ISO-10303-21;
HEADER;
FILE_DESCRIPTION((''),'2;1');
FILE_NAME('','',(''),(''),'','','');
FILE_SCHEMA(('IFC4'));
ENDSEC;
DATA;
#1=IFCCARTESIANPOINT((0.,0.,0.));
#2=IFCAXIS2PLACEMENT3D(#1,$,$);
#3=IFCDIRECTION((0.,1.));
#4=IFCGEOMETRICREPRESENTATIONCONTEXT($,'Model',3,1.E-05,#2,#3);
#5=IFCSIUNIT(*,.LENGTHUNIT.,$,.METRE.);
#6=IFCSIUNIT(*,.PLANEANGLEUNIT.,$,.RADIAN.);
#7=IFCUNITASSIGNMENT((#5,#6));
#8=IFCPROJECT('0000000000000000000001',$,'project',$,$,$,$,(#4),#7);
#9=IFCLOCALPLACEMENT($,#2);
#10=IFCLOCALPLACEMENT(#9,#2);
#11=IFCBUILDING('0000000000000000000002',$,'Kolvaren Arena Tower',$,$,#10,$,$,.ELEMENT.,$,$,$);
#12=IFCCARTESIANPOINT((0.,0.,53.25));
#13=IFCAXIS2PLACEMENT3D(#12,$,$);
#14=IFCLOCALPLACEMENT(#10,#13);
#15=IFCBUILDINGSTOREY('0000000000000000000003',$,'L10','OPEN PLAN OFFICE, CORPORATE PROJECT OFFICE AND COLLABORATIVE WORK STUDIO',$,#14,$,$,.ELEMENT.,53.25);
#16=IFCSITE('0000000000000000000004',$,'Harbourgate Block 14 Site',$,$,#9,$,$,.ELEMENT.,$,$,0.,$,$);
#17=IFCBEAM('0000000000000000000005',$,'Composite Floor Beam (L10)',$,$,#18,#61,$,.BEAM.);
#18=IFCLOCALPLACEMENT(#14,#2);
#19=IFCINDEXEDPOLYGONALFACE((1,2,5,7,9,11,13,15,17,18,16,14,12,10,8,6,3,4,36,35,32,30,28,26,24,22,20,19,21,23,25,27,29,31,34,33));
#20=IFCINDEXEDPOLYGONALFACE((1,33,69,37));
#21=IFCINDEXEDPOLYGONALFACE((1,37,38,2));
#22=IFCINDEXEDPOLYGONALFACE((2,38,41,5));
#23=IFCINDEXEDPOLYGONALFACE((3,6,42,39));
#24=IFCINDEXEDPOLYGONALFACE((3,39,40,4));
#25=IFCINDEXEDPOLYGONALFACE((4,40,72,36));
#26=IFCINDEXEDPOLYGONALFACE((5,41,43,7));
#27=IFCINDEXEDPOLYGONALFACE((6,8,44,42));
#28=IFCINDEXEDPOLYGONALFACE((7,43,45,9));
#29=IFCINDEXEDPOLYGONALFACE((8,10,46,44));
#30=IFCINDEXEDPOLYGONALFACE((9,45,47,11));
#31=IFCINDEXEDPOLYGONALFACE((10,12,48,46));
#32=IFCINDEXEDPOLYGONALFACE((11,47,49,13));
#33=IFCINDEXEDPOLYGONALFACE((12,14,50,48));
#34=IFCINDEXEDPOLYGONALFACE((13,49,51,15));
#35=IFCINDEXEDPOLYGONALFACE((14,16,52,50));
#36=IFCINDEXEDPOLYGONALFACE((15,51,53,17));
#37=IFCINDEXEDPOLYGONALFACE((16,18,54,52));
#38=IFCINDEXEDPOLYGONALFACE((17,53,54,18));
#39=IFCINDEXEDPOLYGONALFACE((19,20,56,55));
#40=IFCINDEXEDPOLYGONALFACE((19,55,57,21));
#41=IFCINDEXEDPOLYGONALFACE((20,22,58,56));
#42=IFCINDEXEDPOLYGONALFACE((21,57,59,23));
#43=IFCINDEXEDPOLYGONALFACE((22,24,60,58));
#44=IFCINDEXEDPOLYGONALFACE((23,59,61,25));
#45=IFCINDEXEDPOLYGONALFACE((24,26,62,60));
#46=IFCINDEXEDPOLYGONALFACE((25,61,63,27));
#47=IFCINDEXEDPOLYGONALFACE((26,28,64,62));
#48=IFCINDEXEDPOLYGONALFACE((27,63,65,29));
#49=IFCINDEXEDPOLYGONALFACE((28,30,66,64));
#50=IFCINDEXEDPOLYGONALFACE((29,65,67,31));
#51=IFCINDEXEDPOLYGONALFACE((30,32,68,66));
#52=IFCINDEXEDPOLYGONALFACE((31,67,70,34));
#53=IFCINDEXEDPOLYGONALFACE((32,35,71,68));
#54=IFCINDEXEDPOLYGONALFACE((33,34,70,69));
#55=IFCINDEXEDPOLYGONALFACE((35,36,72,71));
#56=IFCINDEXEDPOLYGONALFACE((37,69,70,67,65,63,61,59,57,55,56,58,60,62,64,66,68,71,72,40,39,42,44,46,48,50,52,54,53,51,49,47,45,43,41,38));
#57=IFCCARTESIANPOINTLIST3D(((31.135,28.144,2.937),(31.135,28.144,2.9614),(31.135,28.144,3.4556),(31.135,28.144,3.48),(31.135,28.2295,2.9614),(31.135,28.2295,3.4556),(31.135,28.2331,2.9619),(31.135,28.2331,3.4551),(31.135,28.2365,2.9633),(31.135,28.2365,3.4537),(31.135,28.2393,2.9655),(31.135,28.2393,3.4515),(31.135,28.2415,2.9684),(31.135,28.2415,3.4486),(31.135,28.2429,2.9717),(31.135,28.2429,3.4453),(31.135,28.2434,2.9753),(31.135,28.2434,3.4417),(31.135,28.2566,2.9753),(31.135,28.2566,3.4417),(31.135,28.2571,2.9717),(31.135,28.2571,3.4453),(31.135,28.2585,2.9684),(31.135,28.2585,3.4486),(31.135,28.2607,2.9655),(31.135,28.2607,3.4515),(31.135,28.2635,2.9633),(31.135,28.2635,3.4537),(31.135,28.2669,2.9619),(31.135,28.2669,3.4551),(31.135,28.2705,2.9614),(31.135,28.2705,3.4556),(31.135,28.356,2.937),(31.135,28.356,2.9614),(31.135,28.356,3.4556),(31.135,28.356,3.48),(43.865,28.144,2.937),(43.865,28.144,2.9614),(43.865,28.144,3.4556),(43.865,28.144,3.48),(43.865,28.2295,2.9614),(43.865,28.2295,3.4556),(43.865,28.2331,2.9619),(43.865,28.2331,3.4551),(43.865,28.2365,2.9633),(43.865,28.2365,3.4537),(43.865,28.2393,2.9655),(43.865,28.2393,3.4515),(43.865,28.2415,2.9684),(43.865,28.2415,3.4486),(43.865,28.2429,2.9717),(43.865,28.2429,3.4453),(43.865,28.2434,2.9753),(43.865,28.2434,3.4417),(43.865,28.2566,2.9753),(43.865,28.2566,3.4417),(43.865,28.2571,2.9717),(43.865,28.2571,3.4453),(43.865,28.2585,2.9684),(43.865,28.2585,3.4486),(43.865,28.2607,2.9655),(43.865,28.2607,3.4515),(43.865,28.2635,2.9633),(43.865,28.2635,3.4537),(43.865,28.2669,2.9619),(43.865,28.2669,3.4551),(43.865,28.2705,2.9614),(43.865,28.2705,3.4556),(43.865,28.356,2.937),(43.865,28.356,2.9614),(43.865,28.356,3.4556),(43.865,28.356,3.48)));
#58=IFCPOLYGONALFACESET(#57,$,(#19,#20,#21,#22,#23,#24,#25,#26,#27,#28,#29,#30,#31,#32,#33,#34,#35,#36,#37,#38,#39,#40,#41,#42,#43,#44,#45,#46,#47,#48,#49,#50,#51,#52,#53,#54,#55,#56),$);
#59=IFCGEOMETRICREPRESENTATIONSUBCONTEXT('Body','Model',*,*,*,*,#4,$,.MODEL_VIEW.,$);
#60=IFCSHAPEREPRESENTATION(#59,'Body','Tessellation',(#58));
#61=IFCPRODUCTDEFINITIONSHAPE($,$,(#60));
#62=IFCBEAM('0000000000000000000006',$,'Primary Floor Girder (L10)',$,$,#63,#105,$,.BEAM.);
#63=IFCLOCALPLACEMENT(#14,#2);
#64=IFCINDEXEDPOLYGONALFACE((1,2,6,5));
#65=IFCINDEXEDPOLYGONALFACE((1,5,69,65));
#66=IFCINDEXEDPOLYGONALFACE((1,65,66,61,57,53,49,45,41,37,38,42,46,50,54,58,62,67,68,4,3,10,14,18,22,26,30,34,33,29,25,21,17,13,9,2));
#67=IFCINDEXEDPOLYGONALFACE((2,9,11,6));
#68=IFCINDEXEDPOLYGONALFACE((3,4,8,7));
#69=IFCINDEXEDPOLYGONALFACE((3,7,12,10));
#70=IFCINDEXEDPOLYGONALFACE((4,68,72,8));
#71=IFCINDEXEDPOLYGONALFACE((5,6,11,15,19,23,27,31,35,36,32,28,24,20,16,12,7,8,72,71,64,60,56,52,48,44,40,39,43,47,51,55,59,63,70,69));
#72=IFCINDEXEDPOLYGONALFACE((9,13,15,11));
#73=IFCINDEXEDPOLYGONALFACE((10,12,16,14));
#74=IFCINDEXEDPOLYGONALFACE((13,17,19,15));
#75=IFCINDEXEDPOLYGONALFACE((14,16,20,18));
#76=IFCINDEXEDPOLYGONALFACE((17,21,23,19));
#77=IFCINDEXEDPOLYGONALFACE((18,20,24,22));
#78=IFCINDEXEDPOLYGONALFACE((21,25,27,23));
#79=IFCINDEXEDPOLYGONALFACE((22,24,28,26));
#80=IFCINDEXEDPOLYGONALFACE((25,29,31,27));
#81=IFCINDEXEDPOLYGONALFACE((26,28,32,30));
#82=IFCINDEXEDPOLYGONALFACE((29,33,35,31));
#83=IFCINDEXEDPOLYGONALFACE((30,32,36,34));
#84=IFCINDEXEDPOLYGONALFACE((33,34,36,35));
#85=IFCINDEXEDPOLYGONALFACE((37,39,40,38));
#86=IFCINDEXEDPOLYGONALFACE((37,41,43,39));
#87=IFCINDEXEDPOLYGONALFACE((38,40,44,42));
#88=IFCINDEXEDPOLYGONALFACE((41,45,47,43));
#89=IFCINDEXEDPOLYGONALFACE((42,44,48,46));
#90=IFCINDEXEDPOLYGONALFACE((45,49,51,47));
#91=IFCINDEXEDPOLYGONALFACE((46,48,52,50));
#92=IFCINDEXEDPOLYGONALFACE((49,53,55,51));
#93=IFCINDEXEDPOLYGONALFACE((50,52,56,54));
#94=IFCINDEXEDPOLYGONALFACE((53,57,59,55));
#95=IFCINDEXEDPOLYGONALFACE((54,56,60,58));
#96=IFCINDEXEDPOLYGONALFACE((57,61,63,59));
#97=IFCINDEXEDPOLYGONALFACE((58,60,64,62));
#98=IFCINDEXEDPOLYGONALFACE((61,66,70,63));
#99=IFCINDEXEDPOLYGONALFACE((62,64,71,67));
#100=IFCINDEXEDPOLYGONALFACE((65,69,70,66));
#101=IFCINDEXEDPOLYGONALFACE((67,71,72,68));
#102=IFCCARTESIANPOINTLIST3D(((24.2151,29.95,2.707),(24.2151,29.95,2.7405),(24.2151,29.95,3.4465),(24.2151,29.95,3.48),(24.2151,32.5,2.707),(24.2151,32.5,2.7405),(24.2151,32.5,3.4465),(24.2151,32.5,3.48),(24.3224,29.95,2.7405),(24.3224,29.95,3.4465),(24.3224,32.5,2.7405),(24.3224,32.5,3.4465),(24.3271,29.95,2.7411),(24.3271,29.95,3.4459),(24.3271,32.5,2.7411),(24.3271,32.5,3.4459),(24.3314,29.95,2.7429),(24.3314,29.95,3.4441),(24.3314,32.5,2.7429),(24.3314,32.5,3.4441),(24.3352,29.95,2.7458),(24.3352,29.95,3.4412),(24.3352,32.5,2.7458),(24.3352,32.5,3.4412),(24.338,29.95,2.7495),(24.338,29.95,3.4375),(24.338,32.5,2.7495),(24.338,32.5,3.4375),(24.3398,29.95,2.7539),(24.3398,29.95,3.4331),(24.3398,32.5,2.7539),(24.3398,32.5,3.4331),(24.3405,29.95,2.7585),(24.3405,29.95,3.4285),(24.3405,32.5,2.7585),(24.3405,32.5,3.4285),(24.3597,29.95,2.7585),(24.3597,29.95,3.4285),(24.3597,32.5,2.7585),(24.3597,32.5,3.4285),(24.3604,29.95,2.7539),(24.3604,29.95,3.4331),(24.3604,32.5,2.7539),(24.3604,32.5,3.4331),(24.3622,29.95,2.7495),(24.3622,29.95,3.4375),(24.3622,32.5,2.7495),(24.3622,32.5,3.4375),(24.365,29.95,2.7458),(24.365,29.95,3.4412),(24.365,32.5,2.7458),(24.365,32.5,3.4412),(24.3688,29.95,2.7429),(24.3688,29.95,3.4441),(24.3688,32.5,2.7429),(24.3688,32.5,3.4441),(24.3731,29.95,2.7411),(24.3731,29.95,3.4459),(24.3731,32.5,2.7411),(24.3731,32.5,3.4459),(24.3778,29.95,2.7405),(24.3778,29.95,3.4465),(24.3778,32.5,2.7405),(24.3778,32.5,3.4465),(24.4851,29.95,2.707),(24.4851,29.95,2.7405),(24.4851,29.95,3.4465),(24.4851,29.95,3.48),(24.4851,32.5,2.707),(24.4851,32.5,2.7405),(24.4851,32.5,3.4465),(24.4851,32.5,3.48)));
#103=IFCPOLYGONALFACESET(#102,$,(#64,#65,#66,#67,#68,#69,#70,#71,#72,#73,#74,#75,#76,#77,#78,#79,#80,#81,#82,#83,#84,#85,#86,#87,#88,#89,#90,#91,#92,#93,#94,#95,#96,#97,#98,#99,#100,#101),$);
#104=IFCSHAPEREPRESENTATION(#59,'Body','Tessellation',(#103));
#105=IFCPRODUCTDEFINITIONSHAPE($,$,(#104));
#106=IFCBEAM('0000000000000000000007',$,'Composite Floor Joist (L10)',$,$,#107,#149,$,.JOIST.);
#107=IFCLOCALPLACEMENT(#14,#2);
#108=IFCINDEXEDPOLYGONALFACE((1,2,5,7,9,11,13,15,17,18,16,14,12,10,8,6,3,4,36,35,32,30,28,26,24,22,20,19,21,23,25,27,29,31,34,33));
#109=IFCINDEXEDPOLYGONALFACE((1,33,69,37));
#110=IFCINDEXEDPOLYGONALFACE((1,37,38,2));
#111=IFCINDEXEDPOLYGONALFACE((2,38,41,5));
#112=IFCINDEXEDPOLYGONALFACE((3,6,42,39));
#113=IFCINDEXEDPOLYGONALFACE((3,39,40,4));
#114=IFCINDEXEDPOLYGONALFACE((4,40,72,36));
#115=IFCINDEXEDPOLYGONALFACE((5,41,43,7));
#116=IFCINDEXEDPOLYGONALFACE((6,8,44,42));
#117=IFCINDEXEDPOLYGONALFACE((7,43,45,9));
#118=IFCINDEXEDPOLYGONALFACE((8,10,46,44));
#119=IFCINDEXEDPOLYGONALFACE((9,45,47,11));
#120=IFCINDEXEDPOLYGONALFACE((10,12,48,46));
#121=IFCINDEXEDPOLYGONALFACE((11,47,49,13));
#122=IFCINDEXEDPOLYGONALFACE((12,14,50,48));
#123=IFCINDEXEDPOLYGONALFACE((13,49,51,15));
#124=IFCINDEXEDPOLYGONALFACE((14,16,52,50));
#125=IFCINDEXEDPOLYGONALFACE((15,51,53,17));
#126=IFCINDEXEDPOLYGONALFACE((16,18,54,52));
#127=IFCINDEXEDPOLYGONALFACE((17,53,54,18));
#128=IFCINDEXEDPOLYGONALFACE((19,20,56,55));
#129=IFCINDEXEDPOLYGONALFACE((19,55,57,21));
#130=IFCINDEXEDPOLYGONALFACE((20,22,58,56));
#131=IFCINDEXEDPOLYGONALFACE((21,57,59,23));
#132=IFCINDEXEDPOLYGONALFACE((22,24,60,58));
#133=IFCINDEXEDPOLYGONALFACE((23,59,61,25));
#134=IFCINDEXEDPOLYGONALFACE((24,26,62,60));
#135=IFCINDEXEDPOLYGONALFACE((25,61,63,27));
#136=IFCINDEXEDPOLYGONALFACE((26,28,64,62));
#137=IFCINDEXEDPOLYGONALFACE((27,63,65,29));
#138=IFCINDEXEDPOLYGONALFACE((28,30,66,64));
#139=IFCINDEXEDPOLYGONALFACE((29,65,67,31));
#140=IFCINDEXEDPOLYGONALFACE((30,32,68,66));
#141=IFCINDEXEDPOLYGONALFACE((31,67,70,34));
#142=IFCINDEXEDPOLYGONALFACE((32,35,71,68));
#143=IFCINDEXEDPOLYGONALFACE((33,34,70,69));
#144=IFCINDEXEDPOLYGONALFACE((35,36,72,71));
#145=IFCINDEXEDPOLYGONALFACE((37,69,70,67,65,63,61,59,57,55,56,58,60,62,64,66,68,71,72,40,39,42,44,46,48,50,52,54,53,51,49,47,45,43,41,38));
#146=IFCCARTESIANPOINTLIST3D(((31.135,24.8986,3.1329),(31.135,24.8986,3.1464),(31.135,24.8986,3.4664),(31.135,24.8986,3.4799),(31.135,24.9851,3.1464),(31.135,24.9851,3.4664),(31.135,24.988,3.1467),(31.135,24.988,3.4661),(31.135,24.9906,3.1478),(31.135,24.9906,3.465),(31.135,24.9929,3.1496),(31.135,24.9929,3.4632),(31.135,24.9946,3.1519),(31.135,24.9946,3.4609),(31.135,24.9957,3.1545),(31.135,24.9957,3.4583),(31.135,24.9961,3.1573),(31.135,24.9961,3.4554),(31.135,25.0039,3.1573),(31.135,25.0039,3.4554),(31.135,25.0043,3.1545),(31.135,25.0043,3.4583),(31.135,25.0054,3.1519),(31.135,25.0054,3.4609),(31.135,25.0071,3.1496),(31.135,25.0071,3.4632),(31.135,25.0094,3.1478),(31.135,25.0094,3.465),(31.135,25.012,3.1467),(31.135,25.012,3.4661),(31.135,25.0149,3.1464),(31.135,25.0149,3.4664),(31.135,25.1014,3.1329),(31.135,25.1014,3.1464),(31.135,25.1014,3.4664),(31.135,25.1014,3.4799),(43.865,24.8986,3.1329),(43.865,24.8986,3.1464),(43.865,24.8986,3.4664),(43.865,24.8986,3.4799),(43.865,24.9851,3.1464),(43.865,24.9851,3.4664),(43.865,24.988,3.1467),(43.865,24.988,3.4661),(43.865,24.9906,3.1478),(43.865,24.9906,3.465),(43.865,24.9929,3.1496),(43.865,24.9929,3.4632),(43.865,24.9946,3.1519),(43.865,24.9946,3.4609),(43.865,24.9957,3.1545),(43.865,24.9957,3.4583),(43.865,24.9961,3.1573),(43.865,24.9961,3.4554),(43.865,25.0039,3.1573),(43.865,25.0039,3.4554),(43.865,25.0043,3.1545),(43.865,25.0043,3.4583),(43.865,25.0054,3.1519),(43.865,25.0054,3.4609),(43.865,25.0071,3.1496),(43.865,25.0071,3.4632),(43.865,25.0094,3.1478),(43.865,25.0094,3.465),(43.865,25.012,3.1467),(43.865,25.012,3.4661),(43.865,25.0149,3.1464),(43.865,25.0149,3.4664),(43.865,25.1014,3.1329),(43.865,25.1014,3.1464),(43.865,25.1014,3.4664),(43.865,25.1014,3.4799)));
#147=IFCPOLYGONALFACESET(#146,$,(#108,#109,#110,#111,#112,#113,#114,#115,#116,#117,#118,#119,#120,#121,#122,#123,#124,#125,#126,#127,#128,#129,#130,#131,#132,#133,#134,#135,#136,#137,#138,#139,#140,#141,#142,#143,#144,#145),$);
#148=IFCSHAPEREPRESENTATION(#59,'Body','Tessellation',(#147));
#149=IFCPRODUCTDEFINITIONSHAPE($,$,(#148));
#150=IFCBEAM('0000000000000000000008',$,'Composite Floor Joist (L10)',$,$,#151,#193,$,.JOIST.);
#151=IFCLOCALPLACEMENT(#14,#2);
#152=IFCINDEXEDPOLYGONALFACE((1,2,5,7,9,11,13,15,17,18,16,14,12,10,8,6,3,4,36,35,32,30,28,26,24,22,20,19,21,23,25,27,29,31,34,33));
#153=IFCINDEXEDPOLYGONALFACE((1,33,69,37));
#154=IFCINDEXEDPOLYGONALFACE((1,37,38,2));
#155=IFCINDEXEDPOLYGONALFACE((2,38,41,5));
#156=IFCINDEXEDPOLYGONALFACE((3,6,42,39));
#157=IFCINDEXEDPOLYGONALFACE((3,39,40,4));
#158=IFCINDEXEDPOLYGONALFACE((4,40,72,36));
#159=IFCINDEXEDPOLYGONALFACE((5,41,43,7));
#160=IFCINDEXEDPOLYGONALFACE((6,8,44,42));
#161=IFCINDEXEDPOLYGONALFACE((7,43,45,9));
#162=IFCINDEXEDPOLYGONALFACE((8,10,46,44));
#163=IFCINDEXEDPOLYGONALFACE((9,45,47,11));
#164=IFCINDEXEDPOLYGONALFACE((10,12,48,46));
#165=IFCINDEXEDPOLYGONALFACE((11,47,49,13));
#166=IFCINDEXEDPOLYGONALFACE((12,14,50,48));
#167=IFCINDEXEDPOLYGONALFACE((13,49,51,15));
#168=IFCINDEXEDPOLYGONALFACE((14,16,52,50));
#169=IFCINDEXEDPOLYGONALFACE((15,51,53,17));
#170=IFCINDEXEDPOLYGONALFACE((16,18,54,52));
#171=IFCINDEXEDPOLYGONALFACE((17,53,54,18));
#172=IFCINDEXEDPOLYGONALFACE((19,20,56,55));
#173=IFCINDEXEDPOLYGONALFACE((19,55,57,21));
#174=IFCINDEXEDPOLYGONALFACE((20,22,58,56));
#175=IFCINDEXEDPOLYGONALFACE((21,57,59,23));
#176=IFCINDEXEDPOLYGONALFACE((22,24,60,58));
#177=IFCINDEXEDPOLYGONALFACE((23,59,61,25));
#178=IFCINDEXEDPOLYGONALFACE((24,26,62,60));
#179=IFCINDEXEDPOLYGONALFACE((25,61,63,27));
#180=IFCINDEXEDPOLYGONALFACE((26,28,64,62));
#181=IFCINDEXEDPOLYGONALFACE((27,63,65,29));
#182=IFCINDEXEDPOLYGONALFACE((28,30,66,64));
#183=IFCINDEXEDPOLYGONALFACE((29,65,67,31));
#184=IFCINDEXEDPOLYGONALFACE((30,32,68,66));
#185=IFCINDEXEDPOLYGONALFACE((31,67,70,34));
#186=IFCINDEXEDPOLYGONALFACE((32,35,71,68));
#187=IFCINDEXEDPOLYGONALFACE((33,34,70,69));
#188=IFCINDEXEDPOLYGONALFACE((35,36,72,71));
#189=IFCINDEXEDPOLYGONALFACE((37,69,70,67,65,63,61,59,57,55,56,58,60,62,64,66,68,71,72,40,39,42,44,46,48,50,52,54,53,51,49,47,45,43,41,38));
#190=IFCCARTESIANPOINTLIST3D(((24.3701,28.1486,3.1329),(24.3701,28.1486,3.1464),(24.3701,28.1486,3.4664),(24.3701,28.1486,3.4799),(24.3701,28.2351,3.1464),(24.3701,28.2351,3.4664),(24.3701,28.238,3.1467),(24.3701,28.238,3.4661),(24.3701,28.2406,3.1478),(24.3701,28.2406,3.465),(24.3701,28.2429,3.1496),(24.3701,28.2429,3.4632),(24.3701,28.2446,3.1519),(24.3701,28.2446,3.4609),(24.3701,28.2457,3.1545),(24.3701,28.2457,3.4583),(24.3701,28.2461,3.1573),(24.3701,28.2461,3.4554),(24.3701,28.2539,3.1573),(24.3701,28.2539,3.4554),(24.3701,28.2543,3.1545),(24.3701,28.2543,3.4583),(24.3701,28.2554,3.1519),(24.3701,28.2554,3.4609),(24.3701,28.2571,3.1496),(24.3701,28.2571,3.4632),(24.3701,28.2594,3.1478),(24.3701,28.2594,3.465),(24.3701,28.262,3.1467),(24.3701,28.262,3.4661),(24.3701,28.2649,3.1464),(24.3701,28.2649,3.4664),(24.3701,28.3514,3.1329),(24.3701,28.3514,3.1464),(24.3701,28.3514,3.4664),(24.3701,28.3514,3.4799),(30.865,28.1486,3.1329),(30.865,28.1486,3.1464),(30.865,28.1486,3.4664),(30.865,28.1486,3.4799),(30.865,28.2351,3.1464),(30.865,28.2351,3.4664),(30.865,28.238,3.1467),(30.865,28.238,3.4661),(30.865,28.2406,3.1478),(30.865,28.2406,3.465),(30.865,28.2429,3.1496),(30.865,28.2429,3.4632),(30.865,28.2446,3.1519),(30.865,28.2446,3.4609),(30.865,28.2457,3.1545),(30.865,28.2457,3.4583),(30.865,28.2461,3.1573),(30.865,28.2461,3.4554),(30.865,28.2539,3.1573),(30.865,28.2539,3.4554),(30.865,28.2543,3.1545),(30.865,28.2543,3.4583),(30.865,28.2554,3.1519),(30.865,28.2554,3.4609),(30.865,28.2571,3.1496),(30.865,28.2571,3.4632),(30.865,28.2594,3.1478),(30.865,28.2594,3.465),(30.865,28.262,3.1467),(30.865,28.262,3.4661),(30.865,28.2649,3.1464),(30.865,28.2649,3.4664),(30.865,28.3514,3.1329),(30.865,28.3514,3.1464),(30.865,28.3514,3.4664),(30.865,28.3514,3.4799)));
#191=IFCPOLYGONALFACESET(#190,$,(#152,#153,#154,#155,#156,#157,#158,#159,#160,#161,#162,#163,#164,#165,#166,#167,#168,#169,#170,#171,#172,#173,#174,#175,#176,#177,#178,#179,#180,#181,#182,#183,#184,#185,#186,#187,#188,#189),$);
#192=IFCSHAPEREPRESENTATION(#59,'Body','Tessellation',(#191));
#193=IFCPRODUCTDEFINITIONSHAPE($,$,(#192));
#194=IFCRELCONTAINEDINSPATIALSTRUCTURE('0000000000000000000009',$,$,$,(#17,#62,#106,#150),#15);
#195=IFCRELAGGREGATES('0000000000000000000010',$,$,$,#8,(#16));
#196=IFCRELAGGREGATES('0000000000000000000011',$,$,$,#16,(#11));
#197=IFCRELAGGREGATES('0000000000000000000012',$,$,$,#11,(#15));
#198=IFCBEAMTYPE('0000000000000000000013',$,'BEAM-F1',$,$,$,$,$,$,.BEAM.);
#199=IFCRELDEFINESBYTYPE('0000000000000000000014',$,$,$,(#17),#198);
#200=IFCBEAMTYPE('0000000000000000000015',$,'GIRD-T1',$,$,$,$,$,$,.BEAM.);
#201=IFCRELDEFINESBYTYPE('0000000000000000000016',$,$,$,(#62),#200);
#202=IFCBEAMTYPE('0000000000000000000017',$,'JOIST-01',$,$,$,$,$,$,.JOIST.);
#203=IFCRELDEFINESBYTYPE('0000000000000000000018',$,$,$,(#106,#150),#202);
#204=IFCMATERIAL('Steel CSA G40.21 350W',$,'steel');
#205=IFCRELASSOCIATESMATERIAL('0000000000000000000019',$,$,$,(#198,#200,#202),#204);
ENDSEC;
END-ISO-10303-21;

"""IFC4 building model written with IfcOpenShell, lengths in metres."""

from ifc_helpers import new_model, si_unit, direction, frame, origin, origin_2d, place, context, subcontext, project, spatial, i_section, extrude, material, material_profile, profile_set, type_object, element, save


model = new_model("IFC4")

# Units and contexts
model_context = context("Model", 3, precision=1e-05, world=origin(), true_north=direction((0.0, 1.0)))
body_context = subcontext(model_context, "Body", "Model", "MODEL_VIEW")
ifc_project = project(units=[si_unit("LENGTHUNIT", "METRE"), si_unit("PLANEANGLEUNIT", "RADIAN")], contexts=[model_context])

# Site, building, storey
site_placement = place(None, origin())
site = spatial("IfcSite", under=ifc_project, at=site_placement, Name="Harbourgate Block 14 Site", CompositionType="ELEMENT", RefElevation=0.0)
building_placement = place(site_placement, origin())
building = spatial("IfcBuilding", under=site, at=building_placement, Name="Kolvaren Arena Tower", CompositionType="ELEMENT")
storey_placement = place(building_placement, frame((0.0, 0.0, 53.25)))
storey = spatial("IfcBuildingStorey", under=building, at=storey_placement, Name="L10", Description="OPEN PLAN OFFICE, CORPORATE PROJECT OFFICE AND COLLABORATIVE WORK STUDIO", CompositionType="ELEMENT", Elevation=53.25)

# Beams
ifc_material_1 = material(Name="Steel CSA G40.21 350W", Category="steel")
ifc_material_profile_1 = material_profile(ifc_material_1, i_section(OverallWidth=0.2119, OverallDepth=0.543, WebThickness=0.0132, FlangeThickness=0.0244, FilletRadius=0.0139, at=origin_2d()), Name="W530x150")
ifc_profile_set_1 = profile_set([ifc_material_profile_1], Name="Steel CSA G40.21 350W")
beam_type_1 = type_object("IfcBeamType", Name="BEAM-F1", PredefinedType="BEAM", material=ifc_profile_set_1)
beam_1_placement = place(storey_placement, frame((31.135, 28.25, 3.2085), z_axis=(1.0, 0.0, 0.0), x_axis=(0.0, 1.0, 0.0)))
element("IfcBeam", 1, at=beam_1_placement, inside=storey, type_object=beam_type_1, Name="Composite Floor Beam (L10)", PredefinedType="BEAM", context=body_context, shape_type="SweptSolid", body=[
    extrude(i_section(OverallWidth=0.2119, OverallDepth=0.543, WebThickness=0.0132, FlangeThickness=0.0244, FilletRadius=0.0139, at=origin_2d()), origin(), (0.0, 0.0, 1.0), 12.73),
])
ifc_material_profile_2 = material_profile(ifc_material_1, i_section(OverallWidth=0.27, OverallDepth=0.7729, WebThickness=0.0193, FlangeThickness=0.0334, FilletRadius=0.0181, at=origin_2d()), Name="W760x257")
ifc_profile_set_2 = profile_set([ifc_material_profile_2], Name="Steel CSA G40.21 350W")
beam_type_2 = type_object("IfcBeamType", Name="GIRD-T1", PredefinedType="BEAM", material=ifc_profile_set_2)
beam_2_placement = place(storey_placement, frame((24.3501, 29.95, 3.0935), z_axis=(0.0, 1.0, 0.0), x_axis=(-1.0, 0.0, 0.0)))
element("IfcBeam", 2, at=beam_2_placement, inside=storey, type_object=beam_type_2, Name="Primary Floor Girder (L10)", PredefinedType="BEAM", context=body_context, shape_type="SweptSolid", body=[
    extrude(i_section(OverallWidth=0.27, OverallDepth=0.7729, WebThickness=0.0193, FlangeThickness=0.0334, FilletRadius=0.0181, at=origin_2d()), origin(), (0.0, 0.0, 1.0), 2.55),
])
ifc_material_profile_3 = material_profile(ifc_material_1, i_section(OverallWidth=0.2029, OverallDepth=0.3469, WebThickness=0.0078, FlangeThickness=0.0134, FilletRadius=0.011, at=origin_2d()), Name="W360x64")
ifc_profile_set_3 = profile_set([ifc_material_profile_3], Name="Steel CSA G40.21 350W")
beam_type_3 = type_object("IfcBeamType", Name="JOIST-01", PredefinedType="JOIST", material=ifc_profile_set_3)
beam_3_placement = place(storey_placement, frame((31.135, 25.0, 3.3064), z_axis=(1.0, 0.0, 0.0), x_axis=(0.0, 1.0, 0.0)))
element("IfcBeam", 3, at=beam_3_placement, inside=storey, type_object=beam_type_3, Name="Composite Floor Joist (L10)", PredefinedType="JOIST", context=body_context, shape_type="SweptSolid", body=[
    extrude(i_section(OverallWidth=0.2029, OverallDepth=0.3469, WebThickness=0.0078, FlangeThickness=0.0134, FilletRadius=0.011, at=origin_2d()), origin(), (0.0, 0.0, 1.0), 12.73),
])
for number, where, z_axis, x_axis, name in (
    (4, (24.3701, 28.25, 3.3064), (1.0, 0.0, 0.0), (0.0, 1.0, 0.0), "Composite Floor Joist (L10)"),
):
    element("IfcBeam", number, at=place(storey_placement, frame(where, z_axis=z_axis, x_axis=x_axis)), inside=storey, type_object=beam_type_3, Name=name, PredefinedType="JOIST", context=body_context, shape_type="SweptSolid", body=[
        extrude(i_section(OverallWidth=0.2029, OverallDepth=0.3469, WebThickness=0.0078, FlangeThickness=0.0134, FilletRadius=0.011, at=origin_2d()), origin(), (0.0, 0.0, 1.0), 6.4949),
    ])

save(model, "model.ifc")
